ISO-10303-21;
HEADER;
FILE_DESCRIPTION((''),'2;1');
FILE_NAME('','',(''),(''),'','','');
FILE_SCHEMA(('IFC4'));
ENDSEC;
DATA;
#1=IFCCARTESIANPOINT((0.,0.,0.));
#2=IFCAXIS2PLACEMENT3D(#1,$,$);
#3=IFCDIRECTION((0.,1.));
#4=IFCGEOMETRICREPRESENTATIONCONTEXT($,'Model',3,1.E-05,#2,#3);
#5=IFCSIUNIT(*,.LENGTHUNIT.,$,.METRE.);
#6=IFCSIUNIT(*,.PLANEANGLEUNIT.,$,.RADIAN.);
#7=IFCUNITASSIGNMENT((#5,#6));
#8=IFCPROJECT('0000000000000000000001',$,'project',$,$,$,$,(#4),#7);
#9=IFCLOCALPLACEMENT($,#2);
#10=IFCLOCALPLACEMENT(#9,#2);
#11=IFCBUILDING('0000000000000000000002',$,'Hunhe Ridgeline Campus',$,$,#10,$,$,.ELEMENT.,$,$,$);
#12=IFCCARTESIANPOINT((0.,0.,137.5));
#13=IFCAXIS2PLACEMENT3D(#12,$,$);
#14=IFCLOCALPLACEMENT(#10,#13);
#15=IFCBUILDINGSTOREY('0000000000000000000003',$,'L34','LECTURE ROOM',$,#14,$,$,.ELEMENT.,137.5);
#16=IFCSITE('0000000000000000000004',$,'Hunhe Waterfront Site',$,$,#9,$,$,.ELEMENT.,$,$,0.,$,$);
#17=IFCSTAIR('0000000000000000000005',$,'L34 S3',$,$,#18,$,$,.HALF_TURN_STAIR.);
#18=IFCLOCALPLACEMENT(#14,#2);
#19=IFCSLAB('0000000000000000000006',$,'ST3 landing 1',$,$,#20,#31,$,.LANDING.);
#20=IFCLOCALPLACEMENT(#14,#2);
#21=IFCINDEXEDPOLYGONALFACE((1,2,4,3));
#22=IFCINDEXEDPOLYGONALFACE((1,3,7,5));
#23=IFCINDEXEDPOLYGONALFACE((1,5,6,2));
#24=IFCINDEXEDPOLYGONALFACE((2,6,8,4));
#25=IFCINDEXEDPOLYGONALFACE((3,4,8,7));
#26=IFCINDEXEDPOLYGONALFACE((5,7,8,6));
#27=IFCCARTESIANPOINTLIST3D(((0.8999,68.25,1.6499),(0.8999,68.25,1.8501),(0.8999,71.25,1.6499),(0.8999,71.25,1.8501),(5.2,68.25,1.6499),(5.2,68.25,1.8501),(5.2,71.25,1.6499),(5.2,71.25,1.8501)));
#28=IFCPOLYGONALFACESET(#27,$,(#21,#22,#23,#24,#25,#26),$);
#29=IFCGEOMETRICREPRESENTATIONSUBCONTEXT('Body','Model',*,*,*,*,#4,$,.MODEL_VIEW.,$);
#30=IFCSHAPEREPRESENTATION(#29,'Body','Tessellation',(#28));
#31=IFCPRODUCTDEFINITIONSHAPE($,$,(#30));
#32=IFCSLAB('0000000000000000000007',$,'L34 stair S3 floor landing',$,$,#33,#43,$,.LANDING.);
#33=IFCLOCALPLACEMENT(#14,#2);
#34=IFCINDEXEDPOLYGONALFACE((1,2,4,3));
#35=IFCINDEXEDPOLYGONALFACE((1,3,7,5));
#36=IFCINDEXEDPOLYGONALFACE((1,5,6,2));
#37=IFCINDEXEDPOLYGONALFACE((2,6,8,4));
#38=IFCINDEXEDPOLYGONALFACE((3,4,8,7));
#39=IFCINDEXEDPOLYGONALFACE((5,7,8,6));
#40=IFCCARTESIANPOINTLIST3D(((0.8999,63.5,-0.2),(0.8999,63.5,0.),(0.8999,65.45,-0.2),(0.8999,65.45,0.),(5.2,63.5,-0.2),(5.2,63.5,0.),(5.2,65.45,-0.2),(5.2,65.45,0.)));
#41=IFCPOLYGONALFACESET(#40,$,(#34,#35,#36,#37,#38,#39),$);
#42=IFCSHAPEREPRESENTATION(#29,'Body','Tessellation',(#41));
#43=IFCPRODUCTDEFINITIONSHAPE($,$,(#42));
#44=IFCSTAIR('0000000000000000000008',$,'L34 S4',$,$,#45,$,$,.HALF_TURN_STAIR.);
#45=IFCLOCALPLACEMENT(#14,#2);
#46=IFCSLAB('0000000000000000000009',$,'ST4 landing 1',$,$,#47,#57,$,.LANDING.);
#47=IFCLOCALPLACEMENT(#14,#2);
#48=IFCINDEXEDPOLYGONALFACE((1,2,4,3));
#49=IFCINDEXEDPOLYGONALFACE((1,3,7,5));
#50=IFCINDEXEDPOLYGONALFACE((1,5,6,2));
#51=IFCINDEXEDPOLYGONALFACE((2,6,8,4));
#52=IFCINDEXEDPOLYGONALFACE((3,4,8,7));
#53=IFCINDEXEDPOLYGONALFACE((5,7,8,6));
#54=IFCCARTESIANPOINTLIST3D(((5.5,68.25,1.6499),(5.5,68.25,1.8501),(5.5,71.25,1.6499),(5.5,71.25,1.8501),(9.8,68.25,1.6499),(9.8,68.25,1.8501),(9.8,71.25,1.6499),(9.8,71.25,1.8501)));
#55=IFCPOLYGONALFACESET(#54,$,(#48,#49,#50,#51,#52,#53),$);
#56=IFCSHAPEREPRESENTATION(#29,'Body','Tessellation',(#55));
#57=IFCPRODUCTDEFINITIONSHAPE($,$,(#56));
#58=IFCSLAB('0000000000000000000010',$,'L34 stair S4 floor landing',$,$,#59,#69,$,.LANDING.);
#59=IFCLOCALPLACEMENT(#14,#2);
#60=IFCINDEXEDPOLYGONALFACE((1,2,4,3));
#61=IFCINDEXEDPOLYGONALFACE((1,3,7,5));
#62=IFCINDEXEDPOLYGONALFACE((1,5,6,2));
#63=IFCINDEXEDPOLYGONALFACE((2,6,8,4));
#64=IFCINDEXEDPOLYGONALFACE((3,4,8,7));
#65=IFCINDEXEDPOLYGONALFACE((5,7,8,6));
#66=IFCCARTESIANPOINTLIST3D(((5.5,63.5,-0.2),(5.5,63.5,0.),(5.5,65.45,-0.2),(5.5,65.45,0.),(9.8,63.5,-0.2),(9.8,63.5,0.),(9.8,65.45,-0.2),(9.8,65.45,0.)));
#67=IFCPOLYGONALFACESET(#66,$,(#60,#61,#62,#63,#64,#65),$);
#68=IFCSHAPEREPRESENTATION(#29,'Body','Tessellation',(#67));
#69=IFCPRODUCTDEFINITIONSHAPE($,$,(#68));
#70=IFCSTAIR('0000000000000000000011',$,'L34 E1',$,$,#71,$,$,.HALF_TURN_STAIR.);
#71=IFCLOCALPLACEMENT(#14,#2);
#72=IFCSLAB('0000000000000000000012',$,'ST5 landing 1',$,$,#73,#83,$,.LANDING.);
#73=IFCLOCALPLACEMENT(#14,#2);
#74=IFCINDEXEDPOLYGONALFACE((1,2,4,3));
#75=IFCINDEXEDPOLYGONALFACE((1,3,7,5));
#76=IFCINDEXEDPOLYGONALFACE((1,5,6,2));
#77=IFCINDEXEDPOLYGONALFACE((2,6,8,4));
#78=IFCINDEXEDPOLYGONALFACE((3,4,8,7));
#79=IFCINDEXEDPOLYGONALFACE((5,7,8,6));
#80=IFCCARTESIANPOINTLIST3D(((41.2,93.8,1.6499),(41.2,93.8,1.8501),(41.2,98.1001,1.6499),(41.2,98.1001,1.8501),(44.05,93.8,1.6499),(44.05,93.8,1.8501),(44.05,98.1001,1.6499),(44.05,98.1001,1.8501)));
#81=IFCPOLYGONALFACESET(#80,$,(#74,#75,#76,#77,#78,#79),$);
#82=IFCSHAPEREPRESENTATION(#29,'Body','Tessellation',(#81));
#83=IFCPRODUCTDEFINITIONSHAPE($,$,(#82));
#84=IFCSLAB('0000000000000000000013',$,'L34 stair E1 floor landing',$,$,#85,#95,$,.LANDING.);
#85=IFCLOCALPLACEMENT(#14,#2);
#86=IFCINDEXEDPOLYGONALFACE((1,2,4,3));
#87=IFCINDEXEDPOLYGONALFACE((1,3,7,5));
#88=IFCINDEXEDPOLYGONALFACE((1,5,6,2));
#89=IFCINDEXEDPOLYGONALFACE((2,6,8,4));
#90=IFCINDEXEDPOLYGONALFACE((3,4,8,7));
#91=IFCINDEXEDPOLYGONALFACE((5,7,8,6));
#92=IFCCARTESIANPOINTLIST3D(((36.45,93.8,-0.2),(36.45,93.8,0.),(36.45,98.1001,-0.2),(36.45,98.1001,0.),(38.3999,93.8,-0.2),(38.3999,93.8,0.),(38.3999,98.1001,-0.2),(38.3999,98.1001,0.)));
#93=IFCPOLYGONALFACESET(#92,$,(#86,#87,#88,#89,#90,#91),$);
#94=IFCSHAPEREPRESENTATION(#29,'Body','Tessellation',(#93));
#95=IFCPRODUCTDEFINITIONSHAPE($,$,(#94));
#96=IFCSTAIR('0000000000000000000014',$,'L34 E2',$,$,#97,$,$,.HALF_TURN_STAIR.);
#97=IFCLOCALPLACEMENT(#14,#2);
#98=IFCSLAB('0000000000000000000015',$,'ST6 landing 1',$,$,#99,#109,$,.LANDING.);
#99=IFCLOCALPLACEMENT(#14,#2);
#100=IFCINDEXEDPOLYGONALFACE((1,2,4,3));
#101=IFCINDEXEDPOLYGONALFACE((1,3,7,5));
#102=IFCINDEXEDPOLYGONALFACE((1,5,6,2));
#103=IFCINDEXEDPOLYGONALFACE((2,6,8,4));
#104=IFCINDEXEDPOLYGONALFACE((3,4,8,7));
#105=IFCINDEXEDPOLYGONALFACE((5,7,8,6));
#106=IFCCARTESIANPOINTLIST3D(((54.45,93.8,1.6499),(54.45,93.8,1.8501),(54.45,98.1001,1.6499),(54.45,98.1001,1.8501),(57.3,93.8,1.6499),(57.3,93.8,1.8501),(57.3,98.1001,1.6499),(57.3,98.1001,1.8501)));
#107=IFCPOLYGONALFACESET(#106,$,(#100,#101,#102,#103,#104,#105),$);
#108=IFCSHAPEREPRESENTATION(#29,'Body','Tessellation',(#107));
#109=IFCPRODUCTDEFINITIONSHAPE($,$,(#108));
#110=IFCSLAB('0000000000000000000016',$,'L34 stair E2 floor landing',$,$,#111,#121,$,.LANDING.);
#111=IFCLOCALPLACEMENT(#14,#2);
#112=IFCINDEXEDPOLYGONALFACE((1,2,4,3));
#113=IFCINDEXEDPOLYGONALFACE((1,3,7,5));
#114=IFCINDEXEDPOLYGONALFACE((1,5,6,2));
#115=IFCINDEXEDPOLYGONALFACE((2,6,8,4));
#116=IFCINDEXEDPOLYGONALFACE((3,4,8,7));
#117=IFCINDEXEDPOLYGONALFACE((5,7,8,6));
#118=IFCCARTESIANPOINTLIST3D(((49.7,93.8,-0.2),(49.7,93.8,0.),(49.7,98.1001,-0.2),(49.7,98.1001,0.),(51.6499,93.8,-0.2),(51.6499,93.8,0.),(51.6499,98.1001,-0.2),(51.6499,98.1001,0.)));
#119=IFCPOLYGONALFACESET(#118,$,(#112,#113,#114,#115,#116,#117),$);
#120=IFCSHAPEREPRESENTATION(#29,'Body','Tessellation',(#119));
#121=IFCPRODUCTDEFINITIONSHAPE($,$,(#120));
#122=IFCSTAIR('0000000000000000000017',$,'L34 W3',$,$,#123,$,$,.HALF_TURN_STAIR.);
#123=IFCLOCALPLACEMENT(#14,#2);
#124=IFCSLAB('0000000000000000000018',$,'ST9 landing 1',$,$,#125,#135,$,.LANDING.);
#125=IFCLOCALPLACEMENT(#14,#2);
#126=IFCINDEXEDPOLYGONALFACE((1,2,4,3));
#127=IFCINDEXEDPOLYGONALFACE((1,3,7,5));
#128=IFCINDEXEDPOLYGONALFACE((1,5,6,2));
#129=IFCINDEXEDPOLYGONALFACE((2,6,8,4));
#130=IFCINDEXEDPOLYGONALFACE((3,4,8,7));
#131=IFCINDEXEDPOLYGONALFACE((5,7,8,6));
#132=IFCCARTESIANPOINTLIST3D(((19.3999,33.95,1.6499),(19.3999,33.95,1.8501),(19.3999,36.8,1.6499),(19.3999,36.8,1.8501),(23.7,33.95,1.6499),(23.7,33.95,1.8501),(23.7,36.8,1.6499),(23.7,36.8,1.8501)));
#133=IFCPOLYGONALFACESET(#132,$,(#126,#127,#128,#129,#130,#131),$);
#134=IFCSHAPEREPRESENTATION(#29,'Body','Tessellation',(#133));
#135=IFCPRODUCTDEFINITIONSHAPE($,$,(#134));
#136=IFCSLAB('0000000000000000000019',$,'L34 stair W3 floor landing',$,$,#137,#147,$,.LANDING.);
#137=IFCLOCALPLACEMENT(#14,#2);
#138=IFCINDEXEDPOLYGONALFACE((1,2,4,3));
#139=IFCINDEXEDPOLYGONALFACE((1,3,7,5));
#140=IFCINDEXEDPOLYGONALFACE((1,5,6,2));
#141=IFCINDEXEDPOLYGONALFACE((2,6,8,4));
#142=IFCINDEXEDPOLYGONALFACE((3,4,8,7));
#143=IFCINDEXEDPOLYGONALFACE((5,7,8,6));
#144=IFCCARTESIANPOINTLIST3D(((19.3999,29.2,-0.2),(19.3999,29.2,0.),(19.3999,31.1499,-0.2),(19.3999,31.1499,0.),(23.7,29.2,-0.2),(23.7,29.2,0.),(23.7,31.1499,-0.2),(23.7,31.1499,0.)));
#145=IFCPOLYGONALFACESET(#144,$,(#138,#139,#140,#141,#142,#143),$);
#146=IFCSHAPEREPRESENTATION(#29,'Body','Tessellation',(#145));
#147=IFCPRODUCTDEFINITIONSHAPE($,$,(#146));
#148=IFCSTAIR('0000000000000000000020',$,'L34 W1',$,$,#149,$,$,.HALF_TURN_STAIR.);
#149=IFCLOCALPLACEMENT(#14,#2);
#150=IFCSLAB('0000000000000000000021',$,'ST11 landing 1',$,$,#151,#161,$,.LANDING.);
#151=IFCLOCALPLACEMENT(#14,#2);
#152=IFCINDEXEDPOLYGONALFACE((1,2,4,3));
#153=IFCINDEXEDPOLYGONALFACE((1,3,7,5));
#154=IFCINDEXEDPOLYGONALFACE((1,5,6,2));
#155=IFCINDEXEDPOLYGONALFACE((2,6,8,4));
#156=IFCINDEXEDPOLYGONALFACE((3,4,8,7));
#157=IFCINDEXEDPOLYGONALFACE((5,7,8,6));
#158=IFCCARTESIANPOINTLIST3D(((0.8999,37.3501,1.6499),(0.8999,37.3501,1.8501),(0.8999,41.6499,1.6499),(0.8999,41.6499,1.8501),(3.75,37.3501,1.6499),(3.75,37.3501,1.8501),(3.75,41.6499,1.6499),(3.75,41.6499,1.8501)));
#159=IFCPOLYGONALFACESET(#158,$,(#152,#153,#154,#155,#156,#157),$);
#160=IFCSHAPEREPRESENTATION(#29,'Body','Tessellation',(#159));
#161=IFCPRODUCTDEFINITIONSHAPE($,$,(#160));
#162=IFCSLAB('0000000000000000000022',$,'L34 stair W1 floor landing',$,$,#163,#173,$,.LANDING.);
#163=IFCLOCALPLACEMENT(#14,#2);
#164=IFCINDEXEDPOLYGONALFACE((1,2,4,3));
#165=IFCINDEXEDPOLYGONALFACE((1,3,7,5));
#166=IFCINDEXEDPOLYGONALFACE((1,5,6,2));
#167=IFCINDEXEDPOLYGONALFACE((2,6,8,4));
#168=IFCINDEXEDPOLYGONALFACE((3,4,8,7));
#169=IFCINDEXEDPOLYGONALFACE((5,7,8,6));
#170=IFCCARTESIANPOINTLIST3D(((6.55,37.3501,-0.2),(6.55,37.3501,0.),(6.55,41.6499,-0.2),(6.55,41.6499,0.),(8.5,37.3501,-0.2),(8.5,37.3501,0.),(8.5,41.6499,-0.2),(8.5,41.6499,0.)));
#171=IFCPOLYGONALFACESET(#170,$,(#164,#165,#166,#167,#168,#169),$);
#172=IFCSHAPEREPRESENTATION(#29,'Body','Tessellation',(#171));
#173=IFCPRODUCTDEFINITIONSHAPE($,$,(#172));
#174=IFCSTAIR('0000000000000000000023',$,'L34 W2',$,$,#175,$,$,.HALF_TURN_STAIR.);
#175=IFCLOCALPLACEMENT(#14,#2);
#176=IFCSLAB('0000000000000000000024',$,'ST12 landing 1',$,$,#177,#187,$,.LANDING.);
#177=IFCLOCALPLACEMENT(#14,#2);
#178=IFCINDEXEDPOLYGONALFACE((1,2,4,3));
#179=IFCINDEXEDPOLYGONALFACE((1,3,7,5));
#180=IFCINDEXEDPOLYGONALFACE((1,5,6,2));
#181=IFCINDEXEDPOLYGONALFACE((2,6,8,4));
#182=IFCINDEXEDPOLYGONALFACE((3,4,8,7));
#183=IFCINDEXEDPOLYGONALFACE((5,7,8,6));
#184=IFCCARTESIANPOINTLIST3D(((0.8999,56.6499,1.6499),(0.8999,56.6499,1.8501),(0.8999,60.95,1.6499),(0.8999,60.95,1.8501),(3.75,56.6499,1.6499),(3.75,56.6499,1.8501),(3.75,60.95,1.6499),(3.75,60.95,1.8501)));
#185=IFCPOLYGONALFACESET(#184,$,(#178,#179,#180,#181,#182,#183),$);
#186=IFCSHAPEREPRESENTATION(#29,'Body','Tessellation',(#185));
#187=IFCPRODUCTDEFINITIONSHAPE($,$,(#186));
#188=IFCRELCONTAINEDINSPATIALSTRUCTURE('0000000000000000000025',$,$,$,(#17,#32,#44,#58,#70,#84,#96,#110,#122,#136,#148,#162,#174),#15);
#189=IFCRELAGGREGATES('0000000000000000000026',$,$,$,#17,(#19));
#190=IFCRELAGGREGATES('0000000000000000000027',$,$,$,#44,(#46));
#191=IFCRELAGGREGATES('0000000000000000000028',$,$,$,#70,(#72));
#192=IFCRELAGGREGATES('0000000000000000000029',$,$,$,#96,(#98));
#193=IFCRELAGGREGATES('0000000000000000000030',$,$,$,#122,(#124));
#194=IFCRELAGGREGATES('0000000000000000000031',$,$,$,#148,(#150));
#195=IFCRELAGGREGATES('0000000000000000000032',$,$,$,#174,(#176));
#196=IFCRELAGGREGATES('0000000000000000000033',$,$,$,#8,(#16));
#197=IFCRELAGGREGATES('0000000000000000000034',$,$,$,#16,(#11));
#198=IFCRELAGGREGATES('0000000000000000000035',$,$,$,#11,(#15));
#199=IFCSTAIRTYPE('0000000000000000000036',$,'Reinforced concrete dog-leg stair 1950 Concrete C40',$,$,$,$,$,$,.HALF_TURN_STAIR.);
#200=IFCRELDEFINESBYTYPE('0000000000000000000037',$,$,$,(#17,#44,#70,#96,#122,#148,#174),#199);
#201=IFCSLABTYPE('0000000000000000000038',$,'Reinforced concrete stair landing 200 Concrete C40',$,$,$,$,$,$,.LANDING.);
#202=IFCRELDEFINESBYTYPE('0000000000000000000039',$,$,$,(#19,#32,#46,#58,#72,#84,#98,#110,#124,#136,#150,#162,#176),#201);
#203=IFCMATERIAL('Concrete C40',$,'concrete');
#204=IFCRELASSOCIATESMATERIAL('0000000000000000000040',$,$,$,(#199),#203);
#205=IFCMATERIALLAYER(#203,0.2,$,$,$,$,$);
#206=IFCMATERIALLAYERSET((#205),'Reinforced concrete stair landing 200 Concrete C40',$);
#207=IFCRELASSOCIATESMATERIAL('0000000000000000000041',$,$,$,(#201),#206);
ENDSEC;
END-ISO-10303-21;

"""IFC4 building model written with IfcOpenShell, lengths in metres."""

from ifc_helpers import new_model, si_unit, direction, frame, origin, place, context, subcontext, project, spatial, polyline, outline, extrude, material, layer, layer_set, type_object, element, aggregate, save


model = new_model("IFC4")

# Units and contexts
model_context = context("Model", 3, precision=1e-05, world=origin(), true_north=direction((0.0, 1.0)))
body_context = subcontext(model_context, "Body", "Model", "MODEL_VIEW")
ifc_project = project(units=[si_unit("LENGTHUNIT", "METRE"), si_unit("PLANEANGLEUNIT", "RADIAN")], contexts=[model_context])

# Site, building, storey
site_placement = place(None, origin())
site = spatial("IfcSite", under=ifc_project, at=site_placement, Name="Hunhe Waterfront Site", CompositionType="ELEMENT", RefElevation=0.0)
building_placement = place(site_placement, origin())
building = spatial("IfcBuilding", under=site, at=building_placement, Name="Hunhe Ridgeline Campus", CompositionType="ELEMENT")
storey_placement = place(building_placement, frame((0.0, 0.0, 137.5)))
storey = spatial("IfcBuildingStorey", under=building, at=storey_placement, Name="L34", Description="LECTURE ROOM", CompositionType="ELEMENT", Elevation=137.5)

# Shared definitions
ifc_material_1 = material(Name="Concrete C40", Category="concrete")

# Shared definitions
stair_type = type_object("IfcStairType", Name="Reinforced concrete dog-leg stair 1950 Concrete C40", PredefinedType="HALF_TURN_STAIR", material=ifc_material_1)
ifc_layer_1 = layer(ifc_material_1, 0.2)
ifc_layer_set_1 = layer_set([ifc_layer_1], Name="Reinforced concrete stair landing 200 Concrete C40")
slab_type_1 = type_object("IfcSlabType", Name="Reinforced concrete stair landing 200 Concrete C40", PredefinedType="LANDING", material=ifc_layer_set_1)

# Stair, slab
stair_1_placement = place(storey_placement, origin())
stair_1 = element("IfcStair", 1, at=stair_1_placement, inside=storey, type_object=stair_type, Name="L34 S3", PredefinedType="HALF_TURN_STAIR")
slab_1_placement = place(storey_placement, frame((0.0, 0.0, 1.6499)))
slab_1 = element("IfcSlab", 2, at=slab_1_placement, type_object=slab_type_1, Name="ST3 landing 1", PredefinedType="LANDING", context=body_context, shape_type="SweptSolid", body=[
    extrude(outline(polyline([(5.2, 68.25), (5.2, 71.25), (0.8999, 71.25), (0.8999, 68.25), (5.2, 68.25)])), origin(), (0.0, 0.0, 1.0), 0.2002),
])
aggregate(stair_1, [slab_1])

# Slab
slab_2_placement = place(storey_placement, frame((0.0, 0.0, -0.2)))
element("IfcSlab", 3, at=slab_2_placement, inside=storey, type_object=slab_type_1, Name="L34 stair S3 floor landing", PredefinedType="LANDING", context=body_context, shape_type="SweptSolid", body=[
    extrude(outline(polyline([(5.2, 63.5), (5.2, 65.45), (0.8999, 65.45), (0.8999, 63.5), (5.2, 63.5)])), origin(), (0.0, 0.0, 1.0), 0.2),
])

# Stair, slab
stair_2_placement = place(storey_placement, origin())
stair_2 = element("IfcStair", 4, at=stair_2_placement, inside=storey, type_object=stair_type, Name="L34 S4", PredefinedType="HALF_TURN_STAIR")
slab_3_placement = place(storey_placement, frame((0.0, 0.0, 1.6499)))
slab_3 = element("IfcSlab", 5, at=slab_3_placement, type_object=slab_type_1, Name="ST4 landing 1", PredefinedType="LANDING", context=body_context, shape_type="SweptSolid", body=[
    extrude(outline(polyline([(9.8, 68.25), (9.8, 71.25), (5.5, 71.25), (5.5, 68.25), (9.8, 68.25)])), origin(), (0.0, 0.0, 1.0), 0.2002),
])
aggregate(stair_2, [slab_3])

# Slab
slab_4_placement = place(storey_placement, frame((0.0, 0.0, -0.2)))
element("IfcSlab", 6, at=slab_4_placement, inside=storey, type_object=slab_type_1, Name="L34 stair S4 floor landing", PredefinedType="LANDING", context=body_context, shape_type="SweptSolid", body=[
    extrude(outline(polyline([(9.8, 63.5), (9.8, 65.45), (5.5, 65.45), (5.5, 63.5), (9.8, 63.5)])), origin(), (0.0, 0.0, 1.0), 0.2),
])

# Stair, slab
stair_3_placement = place(storey_placement, origin())
stair_3 = element("IfcStair", 7, at=stair_3_placement, inside=storey, type_object=stair_type, Name="L34 E1", PredefinedType="HALF_TURN_STAIR")
slab_5_placement = place(storey_placement, frame((0.0, 0.0, 1.6499)))
slab_5 = element("IfcSlab", 8, at=slab_5_placement, type_object=slab_type_1, Name="ST5 landing 1", PredefinedType="LANDING", context=body_context, shape_type="SweptSolid", body=[
    extrude(outline(polyline([(41.2, 93.8), (44.05, 93.8), (44.05, 98.1001), (41.2, 98.1001), (41.2, 93.8)])), origin(), (0.0, 0.0, 1.0), 0.2002),
])
aggregate(stair_3, [slab_5])

# Slab
slab_6_placement = place(storey_placement, frame((0.0, 0.0, -0.2)))
element("IfcSlab", 9, at=slab_6_placement, inside=storey, type_object=slab_type_1, Name="L34 stair E1 floor landing", PredefinedType="LANDING", context=body_context, shape_type="SweptSolid", body=[
    extrude(outline(polyline([(36.45, 93.8), (38.3999, 93.8), (38.3999, 98.1001), (36.45, 98.1001), (36.45, 93.8)])), origin(), (0.0, 0.0, 1.0), 0.2),
])

# Stair, slab
stair_4_placement = place(storey_placement, origin())
stair_4 = element("IfcStair", 10, at=stair_4_placement, inside=storey, type_object=stair_type, Name="L34 E2", PredefinedType="HALF_TURN_STAIR")
slab_7_placement = place(storey_placement, frame((0.0, 0.0, 1.6499)))
slab_7 = element("IfcSlab", 11, at=slab_7_placement, type_object=slab_type_1, Name="ST6 landing 1", PredefinedType="LANDING", context=body_context, shape_type="SweptSolid", body=[
    extrude(outline(polyline([(54.45, 93.8), (57.3, 93.8), (57.3, 98.1001), (54.45, 98.1001), (54.45, 93.8)])), origin(), (0.0, 0.0, 1.0), 0.2002),
])
aggregate(stair_4, [slab_7])

# Slab
slab_8_placement = place(storey_placement, frame((0.0, 0.0, -0.2)))
element("IfcSlab", 12, at=slab_8_placement, inside=storey, type_object=slab_type_1, Name="L34 stair E2 floor landing", PredefinedType="LANDING", context=body_context, shape_type="SweptSolid", body=[
    extrude(outline(polyline([(49.7, 93.8), (51.6499, 93.8), (51.6499, 98.1001), (49.7, 98.1001), (49.7, 93.8)])), origin(), (0.0, 0.0, 1.0), 0.2),
])

# Stair, slab
stair_5_placement = place(storey_placement, origin())
stair_5 = element("IfcStair", 13, at=stair_5_placement, inside=storey, type_object=stair_type, Name="L34 W3", PredefinedType="HALF_TURN_STAIR")
slab_9_placement = place(storey_placement, frame((0.0, 0.0, 1.6499)))
slab_9 = element("IfcSlab", 14, at=slab_9_placement, type_object=slab_type_1, Name="ST9 landing 1", PredefinedType="LANDING", context=body_context, shape_type="SweptSolid", body=[
    extrude(outline(polyline([(23.7, 33.95), (23.7, 36.8), (19.3999, 36.8), (19.3999, 33.95), (23.7, 33.95)])), origin(), (0.0, 0.0, 1.0), 0.2002),
])
aggregate(stair_5, [slab_9])

# Slab
slab_10_placement = place(storey_placement, frame((0.0, 0.0, -0.2)))
element("IfcSlab", 15, at=slab_10_placement, inside=storey, type_object=slab_type_1, Name="L34 stair W3 floor landing", PredefinedType="LANDING", context=body_context, shape_type="SweptSolid", body=[
    extrude(outline(polyline([(23.7, 29.2), (23.7, 31.1499), (19.3999, 31.1499), (19.3999, 29.2), (23.7, 29.2)])), origin(), (0.0, 0.0, 1.0), 0.2),
])

# Stair, slab
stair_6_placement = place(storey_placement, origin())
stair_6 = element("IfcStair", 16, at=stair_6_placement, inside=storey, type_object=stair_type, Name="L34 W1", PredefinedType="HALF_TURN_STAIR")
slab_11_placement = place(storey_placement, frame((0.0, 0.0, 1.6499)))
slab_11 = element("IfcSlab", 17, at=slab_11_placement, type_object=slab_type_1, Name="ST11 landing 1", PredefinedType="LANDING", context=body_context, shape_type="SweptSolid", body=[
    extrude(outline(polyline([(3.75, 41.6499), (0.8999, 41.6499), (0.8999, 37.3501), (3.75, 37.3501), (3.75, 41.6499)])), origin(), (0.0, 0.0, 1.0), 0.2002),
])
aggregate(stair_6, [slab_11])

# Slab
slab_12_placement = place(storey_placement, frame((0.0, 0.0, -0.2)))
element("IfcSlab", 18, at=slab_12_placement, inside=storey, type_object=slab_type_1, Name="L34 stair W1 floor landing", PredefinedType="LANDING", context=body_context, shape_type="SweptSolid", body=[
    extrude(outline(polyline([(8.5, 41.6499), (6.55, 41.6499), (6.55, 37.3501), (8.5, 37.3501), (8.5, 41.6499)])), origin(), (0.0, 0.0, 1.0), 0.2),
])

# Stair, slab
stair_7_placement = place(storey_placement, origin())
stair_7 = element("IfcStair", 19, at=stair_7_placement, inside=storey, type_object=stair_type, Name="L34 W2", PredefinedType="HALF_TURN_STAIR")
slab_13_placement = place(storey_placement, frame((0.0, 0.0, 1.6499)))
slab_13 = element("IfcSlab", 20, at=slab_13_placement, type_object=slab_type_1, Name="ST12 landing 1", PredefinedType="LANDING", context=body_context, shape_type="SweptSolid", body=[
    extrude(outline(polyline([(3.75, 60.95), (0.8999, 60.95), (0.8999, 56.6499), (3.75, 56.6499), (3.75, 60.95)])), origin(), (0.0, 0.0, 1.0), 0.2002),
])
aggregate(stair_7, [slab_13])

save(model, "model.ifc")
